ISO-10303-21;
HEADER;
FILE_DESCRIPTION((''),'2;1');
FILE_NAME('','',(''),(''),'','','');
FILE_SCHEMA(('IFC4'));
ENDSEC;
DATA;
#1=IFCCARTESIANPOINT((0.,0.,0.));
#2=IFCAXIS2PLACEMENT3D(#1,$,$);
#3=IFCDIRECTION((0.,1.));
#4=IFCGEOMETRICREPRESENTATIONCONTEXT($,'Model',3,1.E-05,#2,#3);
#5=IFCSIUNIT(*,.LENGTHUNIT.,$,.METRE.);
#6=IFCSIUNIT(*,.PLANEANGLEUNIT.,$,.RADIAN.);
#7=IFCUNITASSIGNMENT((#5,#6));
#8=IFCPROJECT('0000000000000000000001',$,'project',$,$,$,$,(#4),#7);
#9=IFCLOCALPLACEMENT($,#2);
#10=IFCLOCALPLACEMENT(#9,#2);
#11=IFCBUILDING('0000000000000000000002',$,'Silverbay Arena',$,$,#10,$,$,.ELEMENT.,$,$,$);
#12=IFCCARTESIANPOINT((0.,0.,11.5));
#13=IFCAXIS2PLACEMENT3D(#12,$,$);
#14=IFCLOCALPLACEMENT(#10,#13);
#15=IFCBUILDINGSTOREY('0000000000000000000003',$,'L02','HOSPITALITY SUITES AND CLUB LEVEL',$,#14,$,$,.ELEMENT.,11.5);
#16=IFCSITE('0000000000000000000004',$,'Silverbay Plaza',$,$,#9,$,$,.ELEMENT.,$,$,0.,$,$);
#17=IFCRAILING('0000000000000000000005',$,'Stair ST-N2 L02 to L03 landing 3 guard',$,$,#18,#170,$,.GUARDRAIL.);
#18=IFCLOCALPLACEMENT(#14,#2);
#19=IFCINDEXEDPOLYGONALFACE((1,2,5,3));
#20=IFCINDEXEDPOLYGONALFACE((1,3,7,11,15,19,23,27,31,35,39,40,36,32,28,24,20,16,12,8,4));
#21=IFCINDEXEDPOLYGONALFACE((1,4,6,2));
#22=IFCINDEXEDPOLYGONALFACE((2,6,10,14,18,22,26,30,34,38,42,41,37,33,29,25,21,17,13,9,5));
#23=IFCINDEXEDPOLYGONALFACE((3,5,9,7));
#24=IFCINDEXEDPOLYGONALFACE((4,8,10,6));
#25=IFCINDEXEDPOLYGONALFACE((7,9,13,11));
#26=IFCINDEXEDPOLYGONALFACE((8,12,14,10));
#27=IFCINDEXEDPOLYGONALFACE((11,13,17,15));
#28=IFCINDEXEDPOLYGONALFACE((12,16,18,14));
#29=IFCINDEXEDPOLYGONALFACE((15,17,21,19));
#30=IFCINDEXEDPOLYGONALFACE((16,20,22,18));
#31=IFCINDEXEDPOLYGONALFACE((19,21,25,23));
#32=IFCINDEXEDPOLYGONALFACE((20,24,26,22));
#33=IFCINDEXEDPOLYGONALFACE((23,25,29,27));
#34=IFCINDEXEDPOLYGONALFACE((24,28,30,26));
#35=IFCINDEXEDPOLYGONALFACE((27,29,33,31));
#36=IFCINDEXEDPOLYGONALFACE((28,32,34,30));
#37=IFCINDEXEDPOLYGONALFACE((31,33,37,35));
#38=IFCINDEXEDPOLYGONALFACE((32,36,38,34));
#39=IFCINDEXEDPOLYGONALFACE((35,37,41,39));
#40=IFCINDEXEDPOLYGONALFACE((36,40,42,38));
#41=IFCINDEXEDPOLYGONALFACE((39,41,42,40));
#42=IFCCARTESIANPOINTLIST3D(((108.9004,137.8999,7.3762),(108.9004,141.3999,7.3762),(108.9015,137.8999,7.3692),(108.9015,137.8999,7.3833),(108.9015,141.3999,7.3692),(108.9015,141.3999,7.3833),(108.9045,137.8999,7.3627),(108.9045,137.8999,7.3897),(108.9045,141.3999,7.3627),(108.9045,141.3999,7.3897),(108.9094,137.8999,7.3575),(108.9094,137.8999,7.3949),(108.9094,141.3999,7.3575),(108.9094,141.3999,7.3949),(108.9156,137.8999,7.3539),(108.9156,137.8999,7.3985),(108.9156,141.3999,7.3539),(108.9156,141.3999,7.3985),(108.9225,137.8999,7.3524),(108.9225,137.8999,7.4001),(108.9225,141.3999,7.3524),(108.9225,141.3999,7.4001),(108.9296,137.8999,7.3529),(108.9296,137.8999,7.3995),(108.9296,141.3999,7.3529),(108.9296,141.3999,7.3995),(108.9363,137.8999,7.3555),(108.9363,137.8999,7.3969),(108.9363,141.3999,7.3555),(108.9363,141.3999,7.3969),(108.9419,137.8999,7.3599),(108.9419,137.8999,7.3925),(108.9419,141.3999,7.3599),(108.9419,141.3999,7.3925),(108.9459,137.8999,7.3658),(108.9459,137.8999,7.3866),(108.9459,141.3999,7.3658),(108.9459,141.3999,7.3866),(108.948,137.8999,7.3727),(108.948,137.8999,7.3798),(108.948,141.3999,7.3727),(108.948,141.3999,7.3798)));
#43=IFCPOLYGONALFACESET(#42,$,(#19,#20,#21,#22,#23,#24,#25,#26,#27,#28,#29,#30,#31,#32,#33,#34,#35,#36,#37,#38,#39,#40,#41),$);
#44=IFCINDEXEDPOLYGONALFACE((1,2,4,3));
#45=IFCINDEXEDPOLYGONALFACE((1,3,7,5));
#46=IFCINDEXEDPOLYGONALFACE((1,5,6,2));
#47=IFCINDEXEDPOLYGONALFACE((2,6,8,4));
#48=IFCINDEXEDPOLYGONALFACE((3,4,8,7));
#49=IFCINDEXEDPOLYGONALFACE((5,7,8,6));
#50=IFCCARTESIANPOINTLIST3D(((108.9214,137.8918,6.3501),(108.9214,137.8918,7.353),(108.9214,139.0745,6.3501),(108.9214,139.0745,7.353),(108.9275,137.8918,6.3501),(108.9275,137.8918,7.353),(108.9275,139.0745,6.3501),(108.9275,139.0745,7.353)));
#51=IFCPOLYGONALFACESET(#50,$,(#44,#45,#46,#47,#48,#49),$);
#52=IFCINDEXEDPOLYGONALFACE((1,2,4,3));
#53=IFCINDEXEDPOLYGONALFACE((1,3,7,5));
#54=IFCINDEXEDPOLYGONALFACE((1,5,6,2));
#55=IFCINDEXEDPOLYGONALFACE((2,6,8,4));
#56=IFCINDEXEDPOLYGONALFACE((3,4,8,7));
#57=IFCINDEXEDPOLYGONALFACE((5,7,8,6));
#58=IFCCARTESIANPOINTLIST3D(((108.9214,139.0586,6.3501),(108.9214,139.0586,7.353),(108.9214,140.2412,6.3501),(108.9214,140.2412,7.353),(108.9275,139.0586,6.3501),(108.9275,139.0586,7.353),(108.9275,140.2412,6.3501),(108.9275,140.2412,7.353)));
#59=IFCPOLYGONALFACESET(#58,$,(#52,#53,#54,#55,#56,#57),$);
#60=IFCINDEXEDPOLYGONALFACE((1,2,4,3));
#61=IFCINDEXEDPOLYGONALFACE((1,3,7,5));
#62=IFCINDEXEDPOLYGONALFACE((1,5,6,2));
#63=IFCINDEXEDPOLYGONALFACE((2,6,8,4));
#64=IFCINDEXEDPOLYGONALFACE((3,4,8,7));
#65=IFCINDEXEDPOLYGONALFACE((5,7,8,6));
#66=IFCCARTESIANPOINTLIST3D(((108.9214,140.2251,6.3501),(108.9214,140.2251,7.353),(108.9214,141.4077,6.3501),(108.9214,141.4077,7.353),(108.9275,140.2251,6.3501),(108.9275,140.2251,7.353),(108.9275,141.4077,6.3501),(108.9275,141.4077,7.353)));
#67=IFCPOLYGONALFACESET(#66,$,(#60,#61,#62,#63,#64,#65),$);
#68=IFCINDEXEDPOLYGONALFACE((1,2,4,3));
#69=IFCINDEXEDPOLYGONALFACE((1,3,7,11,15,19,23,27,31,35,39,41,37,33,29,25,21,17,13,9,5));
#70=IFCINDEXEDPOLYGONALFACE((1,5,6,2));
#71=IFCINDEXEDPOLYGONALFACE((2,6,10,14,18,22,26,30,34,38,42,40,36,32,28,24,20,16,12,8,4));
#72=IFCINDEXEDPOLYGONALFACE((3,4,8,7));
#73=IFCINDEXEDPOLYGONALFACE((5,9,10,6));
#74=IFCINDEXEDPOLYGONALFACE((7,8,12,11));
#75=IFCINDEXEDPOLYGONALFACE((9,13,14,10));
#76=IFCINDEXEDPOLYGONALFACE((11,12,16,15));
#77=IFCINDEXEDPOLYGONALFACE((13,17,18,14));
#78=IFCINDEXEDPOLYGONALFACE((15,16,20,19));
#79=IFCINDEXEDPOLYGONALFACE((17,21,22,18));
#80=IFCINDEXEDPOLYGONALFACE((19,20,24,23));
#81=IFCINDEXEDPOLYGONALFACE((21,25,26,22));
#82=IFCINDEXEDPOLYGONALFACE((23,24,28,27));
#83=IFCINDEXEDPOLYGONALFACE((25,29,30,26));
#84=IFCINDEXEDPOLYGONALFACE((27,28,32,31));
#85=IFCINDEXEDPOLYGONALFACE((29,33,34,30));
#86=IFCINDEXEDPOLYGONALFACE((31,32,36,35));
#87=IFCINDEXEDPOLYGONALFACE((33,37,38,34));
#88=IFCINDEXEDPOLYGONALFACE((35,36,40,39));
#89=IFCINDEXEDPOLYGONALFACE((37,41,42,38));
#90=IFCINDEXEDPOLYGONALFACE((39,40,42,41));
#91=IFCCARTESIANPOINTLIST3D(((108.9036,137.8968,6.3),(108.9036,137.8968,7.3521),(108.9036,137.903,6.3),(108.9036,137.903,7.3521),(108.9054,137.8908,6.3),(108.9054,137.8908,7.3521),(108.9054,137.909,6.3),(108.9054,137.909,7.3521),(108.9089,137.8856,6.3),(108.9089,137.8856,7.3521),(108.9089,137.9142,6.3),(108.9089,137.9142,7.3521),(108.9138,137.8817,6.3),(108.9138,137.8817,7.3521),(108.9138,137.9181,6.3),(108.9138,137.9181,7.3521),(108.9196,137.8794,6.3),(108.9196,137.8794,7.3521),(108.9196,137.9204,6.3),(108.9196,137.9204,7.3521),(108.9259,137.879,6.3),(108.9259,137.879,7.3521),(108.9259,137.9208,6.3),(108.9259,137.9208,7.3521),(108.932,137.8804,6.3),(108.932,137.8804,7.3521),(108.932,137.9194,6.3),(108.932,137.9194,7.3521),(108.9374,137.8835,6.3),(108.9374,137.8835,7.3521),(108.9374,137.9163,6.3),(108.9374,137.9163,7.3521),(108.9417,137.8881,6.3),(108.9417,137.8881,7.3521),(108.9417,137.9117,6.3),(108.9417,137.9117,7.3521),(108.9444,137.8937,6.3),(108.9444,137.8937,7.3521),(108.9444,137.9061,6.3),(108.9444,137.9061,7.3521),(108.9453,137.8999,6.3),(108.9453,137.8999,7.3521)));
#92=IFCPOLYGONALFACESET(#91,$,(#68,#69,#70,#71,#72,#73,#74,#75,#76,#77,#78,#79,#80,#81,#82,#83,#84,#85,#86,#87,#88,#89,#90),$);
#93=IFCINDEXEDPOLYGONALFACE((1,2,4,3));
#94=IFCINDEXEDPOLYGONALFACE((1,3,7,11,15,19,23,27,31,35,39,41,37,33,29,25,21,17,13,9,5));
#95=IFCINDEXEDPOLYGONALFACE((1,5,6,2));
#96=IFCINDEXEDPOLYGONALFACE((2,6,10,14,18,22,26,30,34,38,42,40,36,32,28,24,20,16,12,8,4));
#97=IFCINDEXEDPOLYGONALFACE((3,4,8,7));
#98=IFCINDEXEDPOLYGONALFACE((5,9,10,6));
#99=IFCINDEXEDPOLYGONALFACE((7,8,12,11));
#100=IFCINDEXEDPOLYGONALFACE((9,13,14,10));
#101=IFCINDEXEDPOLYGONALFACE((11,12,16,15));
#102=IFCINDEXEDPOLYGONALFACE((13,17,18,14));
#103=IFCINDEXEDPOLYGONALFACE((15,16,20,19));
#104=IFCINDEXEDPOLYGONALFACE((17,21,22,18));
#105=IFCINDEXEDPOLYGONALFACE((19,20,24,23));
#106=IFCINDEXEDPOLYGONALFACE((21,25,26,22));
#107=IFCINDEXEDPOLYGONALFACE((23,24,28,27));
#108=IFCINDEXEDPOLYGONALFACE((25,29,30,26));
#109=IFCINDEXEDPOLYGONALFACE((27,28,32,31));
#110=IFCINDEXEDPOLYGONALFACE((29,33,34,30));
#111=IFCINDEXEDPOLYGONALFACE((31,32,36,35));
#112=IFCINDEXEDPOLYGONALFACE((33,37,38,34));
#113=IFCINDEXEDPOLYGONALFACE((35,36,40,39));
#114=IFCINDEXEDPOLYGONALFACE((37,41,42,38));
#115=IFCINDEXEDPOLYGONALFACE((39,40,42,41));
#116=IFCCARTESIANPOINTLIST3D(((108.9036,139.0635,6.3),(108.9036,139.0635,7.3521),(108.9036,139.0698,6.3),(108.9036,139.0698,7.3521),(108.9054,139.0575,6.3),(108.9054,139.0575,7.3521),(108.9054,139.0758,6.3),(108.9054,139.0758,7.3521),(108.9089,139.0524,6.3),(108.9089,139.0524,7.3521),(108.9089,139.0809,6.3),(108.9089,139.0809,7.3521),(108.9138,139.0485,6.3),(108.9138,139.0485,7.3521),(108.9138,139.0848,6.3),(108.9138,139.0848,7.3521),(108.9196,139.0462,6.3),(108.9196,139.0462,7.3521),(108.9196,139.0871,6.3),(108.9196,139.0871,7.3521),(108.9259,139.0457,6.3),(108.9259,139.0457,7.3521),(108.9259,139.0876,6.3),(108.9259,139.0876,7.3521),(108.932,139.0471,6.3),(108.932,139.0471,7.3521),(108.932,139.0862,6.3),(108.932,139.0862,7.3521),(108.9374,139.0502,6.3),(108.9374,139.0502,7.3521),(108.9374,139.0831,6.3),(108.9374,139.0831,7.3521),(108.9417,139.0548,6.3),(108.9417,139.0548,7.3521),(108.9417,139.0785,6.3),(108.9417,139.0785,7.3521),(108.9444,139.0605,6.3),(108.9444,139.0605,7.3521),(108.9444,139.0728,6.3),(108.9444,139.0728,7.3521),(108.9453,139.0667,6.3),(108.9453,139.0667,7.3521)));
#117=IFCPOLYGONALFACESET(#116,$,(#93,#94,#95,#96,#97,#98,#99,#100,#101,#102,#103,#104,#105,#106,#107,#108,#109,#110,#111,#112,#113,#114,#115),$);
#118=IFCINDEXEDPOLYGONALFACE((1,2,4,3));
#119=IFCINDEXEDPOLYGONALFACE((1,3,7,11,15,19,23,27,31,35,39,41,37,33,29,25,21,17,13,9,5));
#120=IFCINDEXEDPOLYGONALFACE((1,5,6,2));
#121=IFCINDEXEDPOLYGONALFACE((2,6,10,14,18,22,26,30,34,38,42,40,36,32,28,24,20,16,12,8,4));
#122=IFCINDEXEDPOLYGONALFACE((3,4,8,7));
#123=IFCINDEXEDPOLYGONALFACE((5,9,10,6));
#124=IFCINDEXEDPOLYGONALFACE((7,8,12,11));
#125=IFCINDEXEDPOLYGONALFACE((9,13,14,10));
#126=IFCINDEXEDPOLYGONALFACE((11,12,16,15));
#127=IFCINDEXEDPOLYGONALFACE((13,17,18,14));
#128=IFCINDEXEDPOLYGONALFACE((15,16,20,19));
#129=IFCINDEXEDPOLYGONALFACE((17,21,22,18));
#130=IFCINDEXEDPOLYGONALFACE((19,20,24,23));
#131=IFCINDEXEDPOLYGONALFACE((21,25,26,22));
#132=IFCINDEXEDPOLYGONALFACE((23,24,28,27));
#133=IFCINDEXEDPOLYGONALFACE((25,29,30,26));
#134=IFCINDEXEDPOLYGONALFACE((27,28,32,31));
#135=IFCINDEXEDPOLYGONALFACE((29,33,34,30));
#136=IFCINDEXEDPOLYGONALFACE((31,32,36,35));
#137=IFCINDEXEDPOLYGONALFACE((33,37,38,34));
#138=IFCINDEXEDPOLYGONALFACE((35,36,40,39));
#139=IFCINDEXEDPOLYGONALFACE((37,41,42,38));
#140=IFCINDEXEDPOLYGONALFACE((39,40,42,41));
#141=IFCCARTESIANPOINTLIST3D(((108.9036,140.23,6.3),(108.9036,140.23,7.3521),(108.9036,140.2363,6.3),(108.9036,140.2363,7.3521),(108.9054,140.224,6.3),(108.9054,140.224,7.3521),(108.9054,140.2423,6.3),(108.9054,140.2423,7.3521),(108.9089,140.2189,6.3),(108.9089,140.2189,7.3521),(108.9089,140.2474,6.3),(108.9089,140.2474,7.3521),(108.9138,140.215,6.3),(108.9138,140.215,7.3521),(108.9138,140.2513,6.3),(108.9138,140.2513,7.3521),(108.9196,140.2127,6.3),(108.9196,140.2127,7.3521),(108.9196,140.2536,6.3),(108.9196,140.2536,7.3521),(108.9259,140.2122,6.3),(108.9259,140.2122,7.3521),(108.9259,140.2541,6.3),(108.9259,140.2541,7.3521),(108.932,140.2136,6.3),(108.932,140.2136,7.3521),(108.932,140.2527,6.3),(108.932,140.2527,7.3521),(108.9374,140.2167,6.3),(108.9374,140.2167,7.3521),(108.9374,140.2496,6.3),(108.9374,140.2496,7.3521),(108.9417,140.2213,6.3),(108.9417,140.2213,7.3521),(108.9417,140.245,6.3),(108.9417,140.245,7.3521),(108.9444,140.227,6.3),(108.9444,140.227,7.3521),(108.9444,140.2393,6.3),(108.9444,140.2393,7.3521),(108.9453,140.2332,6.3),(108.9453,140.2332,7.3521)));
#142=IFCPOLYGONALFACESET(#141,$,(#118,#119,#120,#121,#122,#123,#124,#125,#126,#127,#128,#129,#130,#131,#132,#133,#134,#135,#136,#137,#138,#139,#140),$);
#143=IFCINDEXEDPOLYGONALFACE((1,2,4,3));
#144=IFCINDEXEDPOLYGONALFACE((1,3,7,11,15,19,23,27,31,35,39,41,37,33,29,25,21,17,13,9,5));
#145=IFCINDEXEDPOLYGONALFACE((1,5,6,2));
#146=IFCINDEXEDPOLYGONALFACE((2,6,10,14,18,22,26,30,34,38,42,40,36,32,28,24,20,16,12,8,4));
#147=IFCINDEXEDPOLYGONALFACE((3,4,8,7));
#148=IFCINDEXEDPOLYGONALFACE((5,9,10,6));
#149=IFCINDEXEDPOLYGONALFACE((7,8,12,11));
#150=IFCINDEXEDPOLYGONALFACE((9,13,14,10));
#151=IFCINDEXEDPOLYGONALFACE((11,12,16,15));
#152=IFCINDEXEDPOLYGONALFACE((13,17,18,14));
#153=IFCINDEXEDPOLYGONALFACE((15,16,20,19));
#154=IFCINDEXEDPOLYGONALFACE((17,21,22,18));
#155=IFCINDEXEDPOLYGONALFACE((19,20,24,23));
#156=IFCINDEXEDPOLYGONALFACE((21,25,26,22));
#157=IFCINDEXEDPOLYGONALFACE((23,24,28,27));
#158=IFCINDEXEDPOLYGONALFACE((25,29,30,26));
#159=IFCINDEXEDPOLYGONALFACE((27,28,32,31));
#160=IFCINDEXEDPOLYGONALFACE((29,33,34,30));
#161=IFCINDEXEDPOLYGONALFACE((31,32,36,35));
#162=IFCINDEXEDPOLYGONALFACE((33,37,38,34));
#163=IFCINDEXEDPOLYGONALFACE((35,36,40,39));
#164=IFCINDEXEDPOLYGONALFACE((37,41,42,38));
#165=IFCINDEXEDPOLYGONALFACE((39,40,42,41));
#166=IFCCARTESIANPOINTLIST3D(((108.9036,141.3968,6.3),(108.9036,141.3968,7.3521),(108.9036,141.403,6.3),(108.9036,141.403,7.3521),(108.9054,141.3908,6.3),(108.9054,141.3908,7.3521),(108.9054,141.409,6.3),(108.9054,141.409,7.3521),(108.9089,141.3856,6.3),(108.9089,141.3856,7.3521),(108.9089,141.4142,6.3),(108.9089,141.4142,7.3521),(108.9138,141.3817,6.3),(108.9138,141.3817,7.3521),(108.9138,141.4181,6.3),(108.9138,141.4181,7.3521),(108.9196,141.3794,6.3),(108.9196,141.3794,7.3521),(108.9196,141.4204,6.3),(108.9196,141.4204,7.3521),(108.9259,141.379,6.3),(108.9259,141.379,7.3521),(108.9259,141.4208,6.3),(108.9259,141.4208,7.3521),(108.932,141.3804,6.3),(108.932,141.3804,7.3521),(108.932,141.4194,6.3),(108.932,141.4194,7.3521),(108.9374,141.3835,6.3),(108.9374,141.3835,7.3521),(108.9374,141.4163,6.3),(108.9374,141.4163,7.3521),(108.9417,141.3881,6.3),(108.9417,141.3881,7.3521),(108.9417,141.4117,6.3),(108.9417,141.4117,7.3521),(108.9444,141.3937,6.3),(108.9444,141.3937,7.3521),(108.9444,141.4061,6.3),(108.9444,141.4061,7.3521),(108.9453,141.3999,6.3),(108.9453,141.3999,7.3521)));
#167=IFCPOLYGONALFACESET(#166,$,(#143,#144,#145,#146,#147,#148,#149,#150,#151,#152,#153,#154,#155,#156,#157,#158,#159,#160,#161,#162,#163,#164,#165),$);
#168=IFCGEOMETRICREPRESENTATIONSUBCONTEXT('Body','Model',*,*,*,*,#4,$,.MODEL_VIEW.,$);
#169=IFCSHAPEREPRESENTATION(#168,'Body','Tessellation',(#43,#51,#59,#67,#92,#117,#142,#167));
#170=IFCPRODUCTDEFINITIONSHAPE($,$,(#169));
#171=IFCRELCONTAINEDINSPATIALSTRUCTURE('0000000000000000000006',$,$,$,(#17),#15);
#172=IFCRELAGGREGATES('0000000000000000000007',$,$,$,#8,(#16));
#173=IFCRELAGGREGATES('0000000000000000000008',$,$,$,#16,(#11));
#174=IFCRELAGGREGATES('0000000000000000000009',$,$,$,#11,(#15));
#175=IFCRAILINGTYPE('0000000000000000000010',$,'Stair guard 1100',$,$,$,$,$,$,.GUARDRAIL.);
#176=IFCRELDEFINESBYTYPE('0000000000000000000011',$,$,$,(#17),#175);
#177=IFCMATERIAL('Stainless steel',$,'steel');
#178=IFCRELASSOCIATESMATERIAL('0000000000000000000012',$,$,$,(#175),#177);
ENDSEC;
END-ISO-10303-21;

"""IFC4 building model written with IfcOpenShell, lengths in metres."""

from ifc_helpers import new_model, si_unit, direction, frame, origin, origin_2d, place, context, subcontext, project, spatial, polyline, circle, outline, extrude, material, type_object, element, save


model = new_model("IFC4")

# Units and contexts
model_context = context("Model", 3, precision=1e-05, world=origin(), true_north=direction((0.0, 1.0)))
body_context = subcontext(model_context, "Body", "Model", "MODEL_VIEW")
ifc_project = project(units=[si_unit("LENGTHUNIT", "METRE"), si_unit("PLANEANGLEUNIT", "RADIAN")], contexts=[model_context])

# Site, building, storey
site_placement = place(None, origin())
site = spatial("IfcSite", under=ifc_project, at=site_placement, Name="Silverbay Plaza", CompositionType="ELEMENT", RefElevation=0.0)
building_placement = place(site_placement, origin())
building = spatial("IfcBuilding", under=site, at=building_placement, Name="Silverbay Arena", CompositionType="ELEMENT")
storey_placement = place(building_placement, frame((0.0, 0.0, 11.5)))
storey = spatial("IfcBuildingStorey", under=building, at=storey_placement, Name="L02", Description="HOSPITALITY SUITES AND CLUB LEVEL", CompositionType="ELEMENT", Elevation=11.5)

# Railing
ifc_material_1 = material(Name="Stainless steel", Category="steel")
railing_type_1 = type_object("IfcRailingType", Name="Stair guard 1100", PredefinedType="GUARDRAIL", material=ifc_material_1)
for number, where, name in (
    (1, (108.9243, 137.8999, 6.3), "Stair ST-N2 L02 to L03 landing 3 guard"),
):
    element("IfcRailing", number, at=place(storey_placement, frame(where)), inside=storey, type_object=railing_type_1, Name=name, PredefinedType="GUARDRAIL", context=body_context, shape_type="SweptSolid", body=[
        extrude(circle(Radius=0.0239, at=origin_2d()), frame((0.0, 0.0, 1.0762), z_axis=(0.0, 1.0, 0.0), x_axis=(-1.0, 0.0, 0.0)), (0.0, 0.0, 1.0), 3.5),
        extrude(outline(polyline([(-0.0081, 0.05), (1.1746, 0.05), (1.1746, 1.053), (-0.0081, 1.053), (-0.0081, 0.05)])), frame((-0.0029, 0.0, 0.0), z_axis=(1.0, 0.0, 0.0), x_axis=(0.0, 1.0, 0.0)), (0.0, 0.0, 1.0), 0.0061),
        extrude(outline(polyline([(-0.0081, 0.05), (1.1746, 0.05), (1.1746, 1.053), (-0.0081, 1.053), (-0.0081, 0.05)])), frame((-0.0029, 1.1667, 0.0), z_axis=(1.0, 0.0, 0.0), x_axis=(0.0, 1.0, 0.0)), (0.0, 0.0, 1.0), 0.0061),
        extrude(outline(polyline([(-0.0081, 0.05), (1.1746, 0.05), (1.1746, 1.053), (-0.0081, 1.053), (-0.0081, 0.05)])), frame((-0.0029, 2.3333, 0.0), z_axis=(1.0, 0.0, 0.0), x_axis=(0.0, 1.0, 0.0)), (0.0, 0.0, 1.0), 0.0061),
        extrude(circle(Radius=0.021, at=origin_2d()), origin(), (0.0, 0.0, 1.0), 1.052),
        extrude(circle(Radius=0.021, at=origin_2d()), frame((0.0, 1.1667, 0.0)), (0.0, 0.0, 1.0), 1.052),
        extrude(circle(Radius=0.021, at=origin_2d()), frame((0.0, 2.3333, 0.0)), (0.0, 0.0, 1.0), 1.052),
        extrude(circle(Radius=0.021, at=origin_2d()), frame((0.0, 3.5, 0.0)), (0.0, 0.0, 1.0), 1.052),
    ])

save(model, "model.ifc")
